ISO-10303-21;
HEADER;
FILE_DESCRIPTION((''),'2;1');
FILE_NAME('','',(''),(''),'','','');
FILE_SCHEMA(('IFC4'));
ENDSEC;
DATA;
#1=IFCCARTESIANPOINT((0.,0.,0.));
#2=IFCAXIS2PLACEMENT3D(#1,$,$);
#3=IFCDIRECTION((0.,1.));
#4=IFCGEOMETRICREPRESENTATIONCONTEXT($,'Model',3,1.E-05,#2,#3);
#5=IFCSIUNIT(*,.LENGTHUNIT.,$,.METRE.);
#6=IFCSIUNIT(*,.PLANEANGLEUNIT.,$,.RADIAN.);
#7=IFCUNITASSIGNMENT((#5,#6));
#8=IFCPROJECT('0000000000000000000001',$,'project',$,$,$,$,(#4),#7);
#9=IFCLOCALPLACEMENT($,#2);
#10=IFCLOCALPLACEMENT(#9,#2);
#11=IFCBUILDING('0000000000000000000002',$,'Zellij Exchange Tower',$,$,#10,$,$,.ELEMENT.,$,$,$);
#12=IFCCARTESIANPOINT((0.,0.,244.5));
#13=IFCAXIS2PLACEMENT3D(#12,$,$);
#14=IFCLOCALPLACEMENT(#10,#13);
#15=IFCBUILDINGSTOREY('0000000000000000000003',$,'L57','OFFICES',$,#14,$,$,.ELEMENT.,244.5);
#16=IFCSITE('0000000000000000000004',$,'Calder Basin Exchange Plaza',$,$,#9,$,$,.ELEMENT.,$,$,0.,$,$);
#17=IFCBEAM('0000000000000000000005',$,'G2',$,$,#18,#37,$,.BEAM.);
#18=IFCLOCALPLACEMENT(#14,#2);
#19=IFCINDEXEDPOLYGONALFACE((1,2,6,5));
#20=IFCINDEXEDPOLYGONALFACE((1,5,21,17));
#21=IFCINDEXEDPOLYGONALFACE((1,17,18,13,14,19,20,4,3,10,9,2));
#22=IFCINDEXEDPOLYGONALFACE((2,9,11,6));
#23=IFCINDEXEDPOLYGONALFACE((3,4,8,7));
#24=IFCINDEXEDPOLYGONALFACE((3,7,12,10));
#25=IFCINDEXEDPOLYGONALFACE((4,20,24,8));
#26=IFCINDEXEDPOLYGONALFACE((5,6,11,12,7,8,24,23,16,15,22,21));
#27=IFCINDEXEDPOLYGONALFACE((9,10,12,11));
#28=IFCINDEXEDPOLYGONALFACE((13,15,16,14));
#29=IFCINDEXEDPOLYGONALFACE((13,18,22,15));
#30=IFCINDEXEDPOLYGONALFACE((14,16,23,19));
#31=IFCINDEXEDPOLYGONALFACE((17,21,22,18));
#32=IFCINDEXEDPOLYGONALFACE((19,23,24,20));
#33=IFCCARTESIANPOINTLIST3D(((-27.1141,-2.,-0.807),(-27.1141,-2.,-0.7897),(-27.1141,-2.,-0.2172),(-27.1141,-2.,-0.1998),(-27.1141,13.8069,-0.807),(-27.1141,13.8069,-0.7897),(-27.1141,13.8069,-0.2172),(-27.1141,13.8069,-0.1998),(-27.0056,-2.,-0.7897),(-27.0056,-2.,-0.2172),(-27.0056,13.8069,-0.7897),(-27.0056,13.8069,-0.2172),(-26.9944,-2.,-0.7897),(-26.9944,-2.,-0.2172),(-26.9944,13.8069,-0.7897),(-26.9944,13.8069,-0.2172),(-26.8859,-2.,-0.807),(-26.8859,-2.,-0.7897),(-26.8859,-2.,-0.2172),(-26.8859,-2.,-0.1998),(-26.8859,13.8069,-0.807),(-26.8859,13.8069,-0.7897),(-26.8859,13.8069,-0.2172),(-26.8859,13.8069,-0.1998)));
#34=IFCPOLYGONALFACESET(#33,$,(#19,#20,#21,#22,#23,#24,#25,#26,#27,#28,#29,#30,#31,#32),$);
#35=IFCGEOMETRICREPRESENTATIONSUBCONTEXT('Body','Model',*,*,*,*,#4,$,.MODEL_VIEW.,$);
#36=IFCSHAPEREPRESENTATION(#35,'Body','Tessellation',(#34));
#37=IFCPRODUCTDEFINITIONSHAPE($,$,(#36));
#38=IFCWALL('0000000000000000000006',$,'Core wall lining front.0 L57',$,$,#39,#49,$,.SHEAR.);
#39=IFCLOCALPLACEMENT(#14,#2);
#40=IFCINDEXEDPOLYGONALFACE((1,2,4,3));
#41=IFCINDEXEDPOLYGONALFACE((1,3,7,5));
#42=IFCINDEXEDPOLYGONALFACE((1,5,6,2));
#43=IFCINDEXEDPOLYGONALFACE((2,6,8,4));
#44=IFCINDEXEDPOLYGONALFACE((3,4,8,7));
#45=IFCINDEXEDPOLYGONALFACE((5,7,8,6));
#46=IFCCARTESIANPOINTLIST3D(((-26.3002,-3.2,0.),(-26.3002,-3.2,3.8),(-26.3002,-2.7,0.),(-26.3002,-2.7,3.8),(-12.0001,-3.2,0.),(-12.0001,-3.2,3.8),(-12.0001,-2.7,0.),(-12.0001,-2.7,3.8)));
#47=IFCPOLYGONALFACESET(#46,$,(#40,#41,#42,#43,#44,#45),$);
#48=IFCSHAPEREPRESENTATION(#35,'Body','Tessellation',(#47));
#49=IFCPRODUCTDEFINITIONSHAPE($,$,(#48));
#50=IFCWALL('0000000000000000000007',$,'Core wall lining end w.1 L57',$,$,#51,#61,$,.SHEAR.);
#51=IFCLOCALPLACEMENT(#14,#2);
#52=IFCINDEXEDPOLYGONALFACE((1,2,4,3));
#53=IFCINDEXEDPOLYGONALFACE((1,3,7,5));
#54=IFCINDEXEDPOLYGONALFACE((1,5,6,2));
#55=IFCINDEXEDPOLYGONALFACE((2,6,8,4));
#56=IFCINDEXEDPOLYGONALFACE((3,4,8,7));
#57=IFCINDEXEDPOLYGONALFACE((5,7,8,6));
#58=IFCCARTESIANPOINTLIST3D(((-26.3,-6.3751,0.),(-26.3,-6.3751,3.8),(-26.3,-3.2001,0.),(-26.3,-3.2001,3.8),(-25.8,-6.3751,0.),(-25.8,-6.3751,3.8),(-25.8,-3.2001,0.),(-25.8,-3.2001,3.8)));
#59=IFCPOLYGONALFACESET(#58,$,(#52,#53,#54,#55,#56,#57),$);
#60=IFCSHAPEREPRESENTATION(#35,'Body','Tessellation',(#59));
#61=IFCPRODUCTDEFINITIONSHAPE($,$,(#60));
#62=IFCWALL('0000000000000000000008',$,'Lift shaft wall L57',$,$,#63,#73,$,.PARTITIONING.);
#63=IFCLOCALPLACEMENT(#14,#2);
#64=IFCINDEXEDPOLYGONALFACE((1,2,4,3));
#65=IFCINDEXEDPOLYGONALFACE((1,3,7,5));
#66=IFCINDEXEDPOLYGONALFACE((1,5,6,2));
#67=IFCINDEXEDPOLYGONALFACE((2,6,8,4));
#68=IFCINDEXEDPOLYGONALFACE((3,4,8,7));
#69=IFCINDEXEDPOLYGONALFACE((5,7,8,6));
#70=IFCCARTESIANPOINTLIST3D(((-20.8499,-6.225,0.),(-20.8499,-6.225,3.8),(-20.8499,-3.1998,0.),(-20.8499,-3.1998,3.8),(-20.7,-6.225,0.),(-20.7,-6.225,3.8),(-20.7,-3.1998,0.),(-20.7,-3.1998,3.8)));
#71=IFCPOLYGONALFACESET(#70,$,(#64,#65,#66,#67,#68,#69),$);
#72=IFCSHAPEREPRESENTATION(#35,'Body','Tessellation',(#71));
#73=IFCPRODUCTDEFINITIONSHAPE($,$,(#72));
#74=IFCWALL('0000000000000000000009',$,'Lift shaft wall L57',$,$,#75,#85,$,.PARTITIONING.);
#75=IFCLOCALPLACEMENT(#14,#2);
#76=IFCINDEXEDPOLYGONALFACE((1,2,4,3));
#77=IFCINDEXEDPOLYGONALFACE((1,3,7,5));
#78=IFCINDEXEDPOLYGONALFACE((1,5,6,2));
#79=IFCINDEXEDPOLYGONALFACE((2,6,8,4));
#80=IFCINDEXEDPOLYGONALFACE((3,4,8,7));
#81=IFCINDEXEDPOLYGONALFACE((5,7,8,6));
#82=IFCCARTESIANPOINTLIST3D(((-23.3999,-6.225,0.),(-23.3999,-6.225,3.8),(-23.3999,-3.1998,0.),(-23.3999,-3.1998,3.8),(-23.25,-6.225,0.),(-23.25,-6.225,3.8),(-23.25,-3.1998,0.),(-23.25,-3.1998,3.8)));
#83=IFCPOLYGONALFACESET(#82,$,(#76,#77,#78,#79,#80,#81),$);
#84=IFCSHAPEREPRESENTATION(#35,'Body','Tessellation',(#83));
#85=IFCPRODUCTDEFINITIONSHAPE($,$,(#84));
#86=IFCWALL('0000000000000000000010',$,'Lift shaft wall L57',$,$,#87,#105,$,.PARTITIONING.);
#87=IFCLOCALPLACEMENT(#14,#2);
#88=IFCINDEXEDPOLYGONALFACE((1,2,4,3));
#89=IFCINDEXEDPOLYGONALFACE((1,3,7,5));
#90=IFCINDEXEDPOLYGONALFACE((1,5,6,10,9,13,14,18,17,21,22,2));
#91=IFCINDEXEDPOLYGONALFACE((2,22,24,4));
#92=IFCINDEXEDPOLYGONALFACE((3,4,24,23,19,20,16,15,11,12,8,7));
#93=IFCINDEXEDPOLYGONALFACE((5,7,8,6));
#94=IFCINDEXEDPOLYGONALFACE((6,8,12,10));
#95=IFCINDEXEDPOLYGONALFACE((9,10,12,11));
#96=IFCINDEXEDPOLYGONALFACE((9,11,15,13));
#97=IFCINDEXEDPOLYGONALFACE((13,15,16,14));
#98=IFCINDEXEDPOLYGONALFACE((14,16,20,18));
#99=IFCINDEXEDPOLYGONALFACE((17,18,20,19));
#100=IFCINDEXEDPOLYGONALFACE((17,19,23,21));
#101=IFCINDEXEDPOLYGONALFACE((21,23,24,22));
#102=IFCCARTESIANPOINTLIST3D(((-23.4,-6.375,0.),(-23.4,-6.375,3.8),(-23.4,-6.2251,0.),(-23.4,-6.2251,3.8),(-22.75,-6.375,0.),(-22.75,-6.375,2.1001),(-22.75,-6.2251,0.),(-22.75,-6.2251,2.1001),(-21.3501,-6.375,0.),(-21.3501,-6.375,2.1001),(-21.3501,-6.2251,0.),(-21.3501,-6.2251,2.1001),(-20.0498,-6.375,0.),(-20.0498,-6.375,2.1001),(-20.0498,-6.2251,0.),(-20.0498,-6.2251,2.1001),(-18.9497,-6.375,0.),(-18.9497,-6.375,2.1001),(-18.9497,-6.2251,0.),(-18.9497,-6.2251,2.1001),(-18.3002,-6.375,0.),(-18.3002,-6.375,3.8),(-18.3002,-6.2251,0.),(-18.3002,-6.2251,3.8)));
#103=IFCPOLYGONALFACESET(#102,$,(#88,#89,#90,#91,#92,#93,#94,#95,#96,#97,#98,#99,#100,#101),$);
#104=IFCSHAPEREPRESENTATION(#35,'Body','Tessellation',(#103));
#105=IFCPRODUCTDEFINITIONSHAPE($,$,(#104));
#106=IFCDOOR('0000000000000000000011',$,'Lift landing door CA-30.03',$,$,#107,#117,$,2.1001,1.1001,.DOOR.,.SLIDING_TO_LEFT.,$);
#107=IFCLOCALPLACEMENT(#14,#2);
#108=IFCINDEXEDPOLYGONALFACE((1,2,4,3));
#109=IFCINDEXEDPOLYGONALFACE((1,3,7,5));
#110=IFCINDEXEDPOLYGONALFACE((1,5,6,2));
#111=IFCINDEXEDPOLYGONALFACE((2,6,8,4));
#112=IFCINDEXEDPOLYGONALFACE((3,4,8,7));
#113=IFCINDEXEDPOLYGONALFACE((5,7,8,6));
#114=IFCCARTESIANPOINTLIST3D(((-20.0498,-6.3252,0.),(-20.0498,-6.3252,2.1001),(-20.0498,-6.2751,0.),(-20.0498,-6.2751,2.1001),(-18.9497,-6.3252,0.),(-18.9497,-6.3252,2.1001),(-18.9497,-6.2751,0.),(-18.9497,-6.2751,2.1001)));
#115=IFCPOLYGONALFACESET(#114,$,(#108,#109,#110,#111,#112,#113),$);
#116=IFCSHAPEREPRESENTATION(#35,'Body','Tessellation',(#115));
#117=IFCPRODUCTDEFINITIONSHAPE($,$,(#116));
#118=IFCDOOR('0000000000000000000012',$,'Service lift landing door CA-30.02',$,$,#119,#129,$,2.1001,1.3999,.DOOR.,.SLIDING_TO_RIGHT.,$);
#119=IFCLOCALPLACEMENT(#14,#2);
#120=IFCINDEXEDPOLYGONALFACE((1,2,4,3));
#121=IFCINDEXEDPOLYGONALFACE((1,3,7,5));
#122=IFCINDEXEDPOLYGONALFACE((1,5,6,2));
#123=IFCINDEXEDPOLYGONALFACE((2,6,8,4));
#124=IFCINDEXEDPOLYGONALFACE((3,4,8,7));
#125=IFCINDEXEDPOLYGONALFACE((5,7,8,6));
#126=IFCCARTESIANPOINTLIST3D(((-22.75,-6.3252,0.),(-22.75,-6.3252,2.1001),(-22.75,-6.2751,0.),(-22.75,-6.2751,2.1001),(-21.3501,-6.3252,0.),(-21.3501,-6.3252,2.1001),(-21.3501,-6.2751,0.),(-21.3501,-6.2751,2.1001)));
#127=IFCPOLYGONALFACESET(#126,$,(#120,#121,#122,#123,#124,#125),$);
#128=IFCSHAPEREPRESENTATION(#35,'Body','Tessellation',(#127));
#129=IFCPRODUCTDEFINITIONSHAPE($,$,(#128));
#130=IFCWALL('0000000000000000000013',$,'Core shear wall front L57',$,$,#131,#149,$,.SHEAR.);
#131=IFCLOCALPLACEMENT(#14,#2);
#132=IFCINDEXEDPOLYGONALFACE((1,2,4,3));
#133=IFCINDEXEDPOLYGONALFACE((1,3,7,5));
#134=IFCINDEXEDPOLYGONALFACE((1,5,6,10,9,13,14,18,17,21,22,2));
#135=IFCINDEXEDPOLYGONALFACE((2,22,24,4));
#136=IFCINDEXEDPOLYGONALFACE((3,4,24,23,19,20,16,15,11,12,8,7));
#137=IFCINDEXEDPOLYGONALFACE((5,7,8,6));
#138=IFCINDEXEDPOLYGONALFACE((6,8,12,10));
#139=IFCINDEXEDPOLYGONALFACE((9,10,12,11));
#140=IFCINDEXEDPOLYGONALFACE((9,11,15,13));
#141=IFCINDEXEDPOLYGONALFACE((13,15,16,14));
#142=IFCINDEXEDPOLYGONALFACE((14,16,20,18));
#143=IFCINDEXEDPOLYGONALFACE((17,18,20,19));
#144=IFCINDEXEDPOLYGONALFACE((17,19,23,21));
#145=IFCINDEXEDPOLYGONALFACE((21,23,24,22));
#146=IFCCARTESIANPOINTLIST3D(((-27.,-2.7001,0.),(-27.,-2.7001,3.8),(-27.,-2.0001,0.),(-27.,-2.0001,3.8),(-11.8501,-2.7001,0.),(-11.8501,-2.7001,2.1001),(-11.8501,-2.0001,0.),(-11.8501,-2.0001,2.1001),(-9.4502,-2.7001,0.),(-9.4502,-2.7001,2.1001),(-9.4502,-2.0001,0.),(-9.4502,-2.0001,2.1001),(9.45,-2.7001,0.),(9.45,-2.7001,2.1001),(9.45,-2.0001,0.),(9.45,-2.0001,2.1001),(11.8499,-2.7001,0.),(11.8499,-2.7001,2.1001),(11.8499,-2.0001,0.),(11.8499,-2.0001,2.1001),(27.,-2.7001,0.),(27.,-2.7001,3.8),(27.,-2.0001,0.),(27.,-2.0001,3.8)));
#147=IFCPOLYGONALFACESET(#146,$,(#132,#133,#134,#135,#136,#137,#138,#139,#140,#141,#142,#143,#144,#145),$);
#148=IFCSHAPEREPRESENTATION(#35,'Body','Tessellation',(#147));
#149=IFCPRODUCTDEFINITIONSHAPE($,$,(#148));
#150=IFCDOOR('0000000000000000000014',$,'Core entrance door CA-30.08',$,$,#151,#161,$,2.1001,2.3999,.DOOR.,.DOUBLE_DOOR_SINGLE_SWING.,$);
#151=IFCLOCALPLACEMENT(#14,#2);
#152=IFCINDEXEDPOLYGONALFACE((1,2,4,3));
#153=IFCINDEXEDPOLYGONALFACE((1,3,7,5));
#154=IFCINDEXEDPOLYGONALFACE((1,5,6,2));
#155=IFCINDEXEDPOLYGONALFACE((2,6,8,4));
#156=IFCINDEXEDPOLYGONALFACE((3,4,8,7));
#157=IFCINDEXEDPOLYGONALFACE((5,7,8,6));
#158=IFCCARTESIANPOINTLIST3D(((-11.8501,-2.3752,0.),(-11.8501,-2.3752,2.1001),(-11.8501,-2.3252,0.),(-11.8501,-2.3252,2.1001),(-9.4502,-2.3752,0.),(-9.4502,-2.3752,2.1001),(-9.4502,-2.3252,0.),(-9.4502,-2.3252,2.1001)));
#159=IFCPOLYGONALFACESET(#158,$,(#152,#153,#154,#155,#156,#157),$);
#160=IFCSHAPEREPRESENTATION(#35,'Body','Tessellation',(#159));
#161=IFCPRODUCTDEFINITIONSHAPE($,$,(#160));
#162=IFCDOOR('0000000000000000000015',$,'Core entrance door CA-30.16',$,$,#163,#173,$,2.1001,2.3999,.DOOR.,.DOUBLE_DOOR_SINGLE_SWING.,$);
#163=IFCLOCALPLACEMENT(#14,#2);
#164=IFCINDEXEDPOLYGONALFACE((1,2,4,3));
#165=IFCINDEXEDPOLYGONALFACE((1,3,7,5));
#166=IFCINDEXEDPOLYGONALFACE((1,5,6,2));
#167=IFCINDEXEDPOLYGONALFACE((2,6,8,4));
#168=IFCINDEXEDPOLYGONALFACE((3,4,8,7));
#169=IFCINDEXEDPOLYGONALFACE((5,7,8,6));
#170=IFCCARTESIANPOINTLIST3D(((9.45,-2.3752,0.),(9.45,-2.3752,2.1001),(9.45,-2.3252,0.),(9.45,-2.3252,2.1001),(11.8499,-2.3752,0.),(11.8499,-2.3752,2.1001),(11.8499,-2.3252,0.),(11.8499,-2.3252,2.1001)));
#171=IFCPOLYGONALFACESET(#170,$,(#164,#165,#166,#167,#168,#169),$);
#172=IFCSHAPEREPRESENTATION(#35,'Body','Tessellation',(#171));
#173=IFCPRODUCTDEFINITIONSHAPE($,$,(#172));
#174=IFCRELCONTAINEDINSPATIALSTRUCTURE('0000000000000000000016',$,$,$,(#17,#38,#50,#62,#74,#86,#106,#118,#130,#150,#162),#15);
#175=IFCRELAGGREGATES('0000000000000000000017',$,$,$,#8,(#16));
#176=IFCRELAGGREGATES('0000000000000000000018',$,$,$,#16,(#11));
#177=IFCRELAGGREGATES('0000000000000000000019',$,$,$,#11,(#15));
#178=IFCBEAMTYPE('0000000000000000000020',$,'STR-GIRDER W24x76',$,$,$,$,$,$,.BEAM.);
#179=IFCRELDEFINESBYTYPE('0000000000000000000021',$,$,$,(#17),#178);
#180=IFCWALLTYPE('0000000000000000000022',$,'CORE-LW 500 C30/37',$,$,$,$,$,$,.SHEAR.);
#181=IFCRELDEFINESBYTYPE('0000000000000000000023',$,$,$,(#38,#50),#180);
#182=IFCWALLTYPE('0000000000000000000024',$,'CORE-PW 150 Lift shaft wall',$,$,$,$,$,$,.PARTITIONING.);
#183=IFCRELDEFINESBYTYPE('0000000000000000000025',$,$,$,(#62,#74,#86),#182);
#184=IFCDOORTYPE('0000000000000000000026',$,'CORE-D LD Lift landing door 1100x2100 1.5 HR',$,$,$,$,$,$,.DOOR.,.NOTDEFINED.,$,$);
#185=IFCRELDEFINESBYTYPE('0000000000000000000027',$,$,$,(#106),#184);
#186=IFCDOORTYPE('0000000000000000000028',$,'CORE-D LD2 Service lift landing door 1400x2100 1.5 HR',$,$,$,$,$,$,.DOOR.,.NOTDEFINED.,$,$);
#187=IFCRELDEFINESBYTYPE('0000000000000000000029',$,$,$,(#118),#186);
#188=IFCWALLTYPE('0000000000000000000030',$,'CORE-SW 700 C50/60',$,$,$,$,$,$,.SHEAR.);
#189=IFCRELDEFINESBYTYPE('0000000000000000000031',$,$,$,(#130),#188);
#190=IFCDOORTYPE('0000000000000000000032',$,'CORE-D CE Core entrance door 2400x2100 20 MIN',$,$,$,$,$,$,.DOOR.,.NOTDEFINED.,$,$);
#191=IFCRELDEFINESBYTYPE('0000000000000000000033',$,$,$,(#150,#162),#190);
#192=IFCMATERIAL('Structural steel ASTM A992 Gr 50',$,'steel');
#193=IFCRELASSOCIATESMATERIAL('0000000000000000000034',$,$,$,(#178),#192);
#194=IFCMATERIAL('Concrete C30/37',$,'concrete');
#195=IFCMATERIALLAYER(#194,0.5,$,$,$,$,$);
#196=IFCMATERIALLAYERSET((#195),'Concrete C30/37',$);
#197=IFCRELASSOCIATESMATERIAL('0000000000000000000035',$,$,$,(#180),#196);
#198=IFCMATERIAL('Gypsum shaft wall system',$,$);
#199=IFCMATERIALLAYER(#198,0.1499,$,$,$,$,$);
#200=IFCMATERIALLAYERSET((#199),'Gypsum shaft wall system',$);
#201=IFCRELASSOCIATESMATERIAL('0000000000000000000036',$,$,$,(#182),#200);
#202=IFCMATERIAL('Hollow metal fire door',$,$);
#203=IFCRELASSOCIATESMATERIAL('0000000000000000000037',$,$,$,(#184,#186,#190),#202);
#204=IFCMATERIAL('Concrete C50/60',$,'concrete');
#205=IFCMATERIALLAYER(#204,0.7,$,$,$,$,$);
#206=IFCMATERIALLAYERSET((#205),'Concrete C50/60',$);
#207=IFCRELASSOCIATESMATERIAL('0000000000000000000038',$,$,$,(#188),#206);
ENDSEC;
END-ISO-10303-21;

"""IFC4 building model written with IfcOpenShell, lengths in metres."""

from ifc_helpers import new_model, si_unit, direction, frame, frame_2d, origin, origin_2d, place, context, subcontext, project, spatial, rectangle, i_section, extrude, material, layer, layer_set, material_profile, profile_set, type_object, element, fill, save


model = new_model("IFC4")

# Units and contexts
model_context = context("Model", 3, precision=1e-05, world=origin(), true_north=direction((0.0, 1.0)))
body_context = subcontext(model_context, "Body", "Model", "MODEL_VIEW")
ifc_project = project(units=[si_unit("LENGTHUNIT", "METRE"), si_unit("PLANEANGLEUNIT", "RADIAN")], contexts=[model_context])

# Site, building, storey
site_placement = place(None, origin())
site = spatial("IfcSite", under=ifc_project, at=site_placement, Name="Calder Basin Exchange Plaza", CompositionType="ELEMENT", RefElevation=0.0)
building_placement = place(site_placement, origin())
building = spatial("IfcBuilding", under=site, at=building_placement, Name="Zellij Exchange Tower", CompositionType="ELEMENT")
storey_placement = place(building_placement, frame((0.0, 0.0, 244.5)))
storey = spatial("IfcBuildingStorey", under=building, at=storey_placement, Name="L57", Description="OFFICES", CompositionType="ELEMENT", Elevation=244.5)

# Shared definitions
ifc_material_1 = material(Name="Concrete C50/60", Category="concrete")
ifc_material_2 = material(Name="Structural steel ASTM A992 Gr 50", Category="steel")

# Beam
ifc_material_profile_1 = material_profile(ifc_material_2, i_section(OverallWidth=0.2283, OverallDepth=0.6072, WebThickness=0.0112, FlangeThickness=0.0173, at=origin_2d()), Name="W24x76")
ifc_profile_set_1 = profile_set([ifc_material_profile_1], Name="Structural steel ASTM A992 Gr 50")
beam_type_1 = type_object("IfcBeamType", Name="STR-GIRDER W24x76", PredefinedType="BEAM", material=ifc_profile_set_1)
beam_1_placement = place(storey_placement, frame((-27.0, -2.0, -0.5034), z_axis=(0.0, 1.0, 0.0), x_axis=(-1.0, 0.0, 0.0)))
element("IfcBeam", 1, at=beam_1_placement, inside=storey, type_object=beam_type_1, Name="G2", PredefinedType="BEAM", context=body_context, shape_type="SweptSolid", body=[
    extrude(i_section(OverallWidth=0.2283, OverallDepth=0.6072, WebThickness=0.0112, FlangeThickness=0.0173, at=origin_2d()), origin(), (0.0, 0.0, 1.0), 15.8069),
])

# Walls
ifc_material_3 = material(Name="Concrete C30/37", Category="concrete")
ifc_layer_1 = layer(ifc_material_3, 0.5)
ifc_layer_set_1 = layer_set([ifc_layer_1], Name="Concrete C30/37")
wall_type_1 = type_object("IfcWallType", Name="CORE-LW 500 C30/37", PredefinedType="SHEAR", material=ifc_layer_set_1)
wall_1_placement = place(storey_placement, frame((-26.3, -2.95, 0.0), z_axis=(0.0, 0.0, 1.0), x_axis=(1.0, 0.0, 0.0)))
element("IfcWall", 2, at=wall_1_placement, inside=storey, type_object=wall_type_1, Name="Core wall lining front.0 L57", PredefinedType="SHEAR", context=body_context, shape_type="SweptSolid", body=[
    extrude(rectangle(XDim=14.3, YDim=0.5, at=frame_2d((7.1499, 0.0))), origin(), (0.0, 0.0, 1.0), 3.8),
])
wall_2_placement = place(storey_placement, frame((-26.05, -6.375, 0.0), z_axis=(0.0, 0.0, 1.0), x_axis=(0.0, 1.0, 0.0)))
element("IfcWall", 3, at=wall_2_placement, inside=storey, type_object=wall_type_1, Name="Core wall lining end w.1 L57", PredefinedType="SHEAR", context=body_context, shape_type="SweptSolid", body=[
    extrude(rectangle(XDim=3.175, YDim=0.5, at=frame_2d((1.5874, 0.0))), origin(), (0.0, 0.0, 1.0), 3.8),
])
ifc_material_4 = material(Name="Gypsum shaft wall system")
ifc_layer_2 = layer(ifc_material_4, 0.1499)
ifc_layer_set_2 = layer_set([ifc_layer_2], Name="Gypsum shaft wall system")
wall_type_2 = type_object("IfcWallType", Name="CORE-PW 150 Lift shaft wall", PredefinedType="PARTITIONING", material=ifc_layer_set_2)
for number, where, z_axis, x_axis, name in (
    (4, (-20.7749, -6.2251, 0.0), (0.0, 0.0, 1.0), (0.0, 1.0, 0.0), "Lift shaft wall L57"),
    (5, (-23.325, -6.2251, 0.0), (0.0, 0.0, 1.0), (0.0, 1.0, 0.0), "Lift shaft wall L57"),
):
    element("IfcWall", number, at=place(storey_placement, frame(where, z_axis=z_axis, x_axis=x_axis)), inside=storey, type_object=wall_type_2, Name=name, PredefinedType="PARTITIONING", context=body_context, shape_type="SweptSolid", body=[
        extrude(rectangle(XDim=3.0251, YDim=0.1499, at=frame_2d((1.5127, 0.0))), origin(), (0.0, 0.0, 1.0), 3.8),
    ])

# Walls, openings, doors
wall_3_placement = place(storey_placement, frame((-23.3999, -6.3, 0.0), z_axis=(0.0, 0.0, 1.0), x_axis=(1.0, 0.0, 0.0)))
wall_3 = element("IfcWall", 6, at=wall_3_placement, inside=storey, type_object=wall_type_2, Name="Lift shaft wall L57", PredefinedType="PARTITIONING", context=body_context, shape_type="SweptSolid", body=[
    extrude(rectangle(XDim=5.0999, YDim=0.1499, at=frame_2d((2.5498, 0.0))), origin(), (0.0, 0.0, 1.0), 3.8),
])
opening_1_placement = place(wall_3_placement, frame((0.6499, 0.0, 0.0)))
opening_1 = element("IfcOpeningElement", 7, at=opening_1_placement, cuts=wall_3, PredefinedType="OPENING", context=body_context, shape_type="SweptSolid", body=[
    extrude(rectangle(XDim=1.3999, YDim=2.1001, at=frame_2d((0.7, 1.05))), frame((0.0, 0.0869, 0.0), z_axis=(0.0, -1.0, 0.0), x_axis=(1.0, 0.0, 0.0)), (0.0, 0.0, 1.0), 0.1738),
])
opening_2_placement = place(wall_3_placement, frame((3.3501, 0.0, 0.0)))
opening_2 = element("IfcOpeningElement", 8, at=opening_2_placement, cuts=wall_3, PredefinedType="OPENING", context=body_context, shape_type="SweptSolid", body=[
    extrude(rectangle(XDim=1.1001, YDim=2.1001, at=frame_2d((0.55, 1.05))), frame((0.0, 0.0869, 0.0), z_axis=(0.0, -1.0, 0.0), x_axis=(1.0, 0.0, 0.0)), (0.0, 0.0, 1.0), 0.1738),
])
ifc_material_5 = material(Name="Hollow metal fire door")
door_type_1 = type_object("IfcDoorType", Name="CORE-D LD Lift landing door 1100x2100 1.5 HR", OperationType="NOTDEFINED", PredefinedType="DOOR", material=ifc_material_5)
door_1_placement = place(opening_2_placement, origin())
door_1 = element("IfcDoor", 9, at=door_1_placement, inside=storey, type_object=door_type_1, Name="Lift landing door CA-30.03", OperationType="SLIDING_TO_LEFT", OverallHeight=2.1001, OverallWidth=1.1001, PredefinedType="DOOR", context=body_context, shape_type="SweptSolid", body=[
    extrude(rectangle(XDim=1.1001, YDim=2.1001, at=frame_2d((0.55, 1.05))), frame((0.0, 0.0249, 0.0), z_axis=(0.0, -1.0, 0.0), x_axis=(1.0, 0.0, 0.0)), (0.0, 0.0, 1.0), 0.05),
])
fill(opening_2, door_1)
door_type_2 = type_object("IfcDoorType", Name="CORE-D LD2 Service lift landing door 1400x2100 1.5 HR", OperationType="NOTDEFINED", PredefinedType="DOOR", material=ifc_material_5)
door_2_placement = place(opening_1_placement, origin())
door_2 = element("IfcDoor", 10, at=door_2_placement, inside=storey, type_object=door_type_2, Name="Service lift landing door CA-30.02", OperationType="SLIDING_TO_RIGHT", OverallHeight=2.1001, OverallWidth=1.3999, PredefinedType="DOOR", context=body_context, shape_type="SweptSolid", body=[
    extrude(rectangle(XDim=1.3999, YDim=2.1001, at=frame_2d((0.7, 1.05))), frame((0.0, 0.0249, 0.0), z_axis=(0.0, -1.0, 0.0), x_axis=(1.0, 0.0, 0.0)), (0.0, 0.0, 1.0), 0.05),
])
fill(opening_1, door_2)
ifc_layer_3 = layer(ifc_material_1, 0.7)
ifc_layer_set_3 = layer_set([ifc_layer_3], Name="Concrete C50/60")
wall_type_3 = type_object("IfcWallType", Name="CORE-SW 700 C50/60", PredefinedType="SHEAR", material=ifc_layer_set_3)
wall_4_placement = place(storey_placement, frame((-27.0, -2.3501, 0.0), z_axis=(0.0, 0.0, 1.0), x_axis=(1.0, 0.0, 0.0)))
wall_4 = element("IfcWall", 11, at=wall_4_placement, inside=storey, type_object=wall_type_3, Name="Core shear wall front L57", PredefinedType="SHEAR", context=body_context, shape_type="SweptSolid", body=[
    extrude(rectangle(XDim=54.0, YDim=0.7, at=frame_2d((27.0, 0.0))), origin(), (0.0, 0.0, 1.0), 3.8),
])
opening_3_placement = place(wall_4_placement, frame((15.1499, 0.0, 0.0)))
opening_3 = element("IfcOpeningElement", 12, at=opening_3_placement, cuts=wall_4, PredefinedType="OPENING", context=body_context, shape_type="SweptSolid", body=[
    extrude(rectangle(XDim=2.3999, YDim=2.1001, at=frame_2d((1.2, 1.05))), frame((0.0, 0.3618, 0.0), z_axis=(0.0, -1.0, 0.0), x_axis=(1.0, 0.0, 0.0)), (0.0, 0.0, 1.0), 0.7239),
])
opening_4_placement = place(wall_4_placement, frame((36.45, 0.0, 0.0)))
opening_4 = element("IfcOpeningElement", 13, at=opening_4_placement, cuts=wall_4, PredefinedType="OPENING", context=body_context, shape_type="SweptSolid", body=[
    extrude(rectangle(XDim=2.3999, YDim=2.1001, at=frame_2d((1.2, 1.05))), frame((0.0, 0.3618, 0.0), z_axis=(0.0, -1.0, 0.0), x_axis=(1.0, 0.0, 0.0)), (0.0, 0.0, 1.0), 0.7239),
])
door_type_3 = type_object("IfcDoorType", Name="CORE-D CE Core entrance door 2400x2100 20 MIN", OperationType="NOTDEFINED", PredefinedType="DOOR", material=ifc_material_5)
door_3_placement = place(opening_3_placement, origin())
door_3 = element("IfcDoor", 14, at=door_3_placement, inside=storey, type_object=door_type_3, Name="Core entrance door CA-30.08", OperationType="DOUBLE_DOOR_SINGLE_SWING", OverallHeight=2.1001, OverallWidth=2.3999, PredefinedType="DOOR", context=body_context, shape_type="SweptSolid", body=[
    extrude(rectangle(XDim=2.3999, YDim=2.1001, at=frame_2d((1.2, 1.05))), frame((0.0, 0.0249, 0.0), z_axis=(0.0, -1.0, 0.0), x_axis=(1.0, 0.0, 0.0)), (0.0, 0.0, 1.0), 0.05),
])
fill(opening_3, door_3)
door_4_placement = place(opening_4_placement, origin())
door_4 = element("IfcDoor", 15, at=door_4_placement, inside=storey, type_object=door_type_3, Name="Core entrance door CA-30.16", OperationType="DOUBLE_DOOR_SINGLE_SWING", OverallHeight=2.1001, OverallWidth=2.3999, PredefinedType="DOOR", context=body_context, shape_type="SweptSolid", body=[
    extrude(rectangle(XDim=2.3999, YDim=2.1001, at=frame_2d((1.2, 1.05))), frame((0.0, 0.0249, 0.0), z_axis=(0.0, -1.0, 0.0), x_axis=(1.0, 0.0, 0.0)), (0.0, 0.0, 1.0), 0.05),
])
fill(opening_4, door_4)

save(model, "model.ifc")
